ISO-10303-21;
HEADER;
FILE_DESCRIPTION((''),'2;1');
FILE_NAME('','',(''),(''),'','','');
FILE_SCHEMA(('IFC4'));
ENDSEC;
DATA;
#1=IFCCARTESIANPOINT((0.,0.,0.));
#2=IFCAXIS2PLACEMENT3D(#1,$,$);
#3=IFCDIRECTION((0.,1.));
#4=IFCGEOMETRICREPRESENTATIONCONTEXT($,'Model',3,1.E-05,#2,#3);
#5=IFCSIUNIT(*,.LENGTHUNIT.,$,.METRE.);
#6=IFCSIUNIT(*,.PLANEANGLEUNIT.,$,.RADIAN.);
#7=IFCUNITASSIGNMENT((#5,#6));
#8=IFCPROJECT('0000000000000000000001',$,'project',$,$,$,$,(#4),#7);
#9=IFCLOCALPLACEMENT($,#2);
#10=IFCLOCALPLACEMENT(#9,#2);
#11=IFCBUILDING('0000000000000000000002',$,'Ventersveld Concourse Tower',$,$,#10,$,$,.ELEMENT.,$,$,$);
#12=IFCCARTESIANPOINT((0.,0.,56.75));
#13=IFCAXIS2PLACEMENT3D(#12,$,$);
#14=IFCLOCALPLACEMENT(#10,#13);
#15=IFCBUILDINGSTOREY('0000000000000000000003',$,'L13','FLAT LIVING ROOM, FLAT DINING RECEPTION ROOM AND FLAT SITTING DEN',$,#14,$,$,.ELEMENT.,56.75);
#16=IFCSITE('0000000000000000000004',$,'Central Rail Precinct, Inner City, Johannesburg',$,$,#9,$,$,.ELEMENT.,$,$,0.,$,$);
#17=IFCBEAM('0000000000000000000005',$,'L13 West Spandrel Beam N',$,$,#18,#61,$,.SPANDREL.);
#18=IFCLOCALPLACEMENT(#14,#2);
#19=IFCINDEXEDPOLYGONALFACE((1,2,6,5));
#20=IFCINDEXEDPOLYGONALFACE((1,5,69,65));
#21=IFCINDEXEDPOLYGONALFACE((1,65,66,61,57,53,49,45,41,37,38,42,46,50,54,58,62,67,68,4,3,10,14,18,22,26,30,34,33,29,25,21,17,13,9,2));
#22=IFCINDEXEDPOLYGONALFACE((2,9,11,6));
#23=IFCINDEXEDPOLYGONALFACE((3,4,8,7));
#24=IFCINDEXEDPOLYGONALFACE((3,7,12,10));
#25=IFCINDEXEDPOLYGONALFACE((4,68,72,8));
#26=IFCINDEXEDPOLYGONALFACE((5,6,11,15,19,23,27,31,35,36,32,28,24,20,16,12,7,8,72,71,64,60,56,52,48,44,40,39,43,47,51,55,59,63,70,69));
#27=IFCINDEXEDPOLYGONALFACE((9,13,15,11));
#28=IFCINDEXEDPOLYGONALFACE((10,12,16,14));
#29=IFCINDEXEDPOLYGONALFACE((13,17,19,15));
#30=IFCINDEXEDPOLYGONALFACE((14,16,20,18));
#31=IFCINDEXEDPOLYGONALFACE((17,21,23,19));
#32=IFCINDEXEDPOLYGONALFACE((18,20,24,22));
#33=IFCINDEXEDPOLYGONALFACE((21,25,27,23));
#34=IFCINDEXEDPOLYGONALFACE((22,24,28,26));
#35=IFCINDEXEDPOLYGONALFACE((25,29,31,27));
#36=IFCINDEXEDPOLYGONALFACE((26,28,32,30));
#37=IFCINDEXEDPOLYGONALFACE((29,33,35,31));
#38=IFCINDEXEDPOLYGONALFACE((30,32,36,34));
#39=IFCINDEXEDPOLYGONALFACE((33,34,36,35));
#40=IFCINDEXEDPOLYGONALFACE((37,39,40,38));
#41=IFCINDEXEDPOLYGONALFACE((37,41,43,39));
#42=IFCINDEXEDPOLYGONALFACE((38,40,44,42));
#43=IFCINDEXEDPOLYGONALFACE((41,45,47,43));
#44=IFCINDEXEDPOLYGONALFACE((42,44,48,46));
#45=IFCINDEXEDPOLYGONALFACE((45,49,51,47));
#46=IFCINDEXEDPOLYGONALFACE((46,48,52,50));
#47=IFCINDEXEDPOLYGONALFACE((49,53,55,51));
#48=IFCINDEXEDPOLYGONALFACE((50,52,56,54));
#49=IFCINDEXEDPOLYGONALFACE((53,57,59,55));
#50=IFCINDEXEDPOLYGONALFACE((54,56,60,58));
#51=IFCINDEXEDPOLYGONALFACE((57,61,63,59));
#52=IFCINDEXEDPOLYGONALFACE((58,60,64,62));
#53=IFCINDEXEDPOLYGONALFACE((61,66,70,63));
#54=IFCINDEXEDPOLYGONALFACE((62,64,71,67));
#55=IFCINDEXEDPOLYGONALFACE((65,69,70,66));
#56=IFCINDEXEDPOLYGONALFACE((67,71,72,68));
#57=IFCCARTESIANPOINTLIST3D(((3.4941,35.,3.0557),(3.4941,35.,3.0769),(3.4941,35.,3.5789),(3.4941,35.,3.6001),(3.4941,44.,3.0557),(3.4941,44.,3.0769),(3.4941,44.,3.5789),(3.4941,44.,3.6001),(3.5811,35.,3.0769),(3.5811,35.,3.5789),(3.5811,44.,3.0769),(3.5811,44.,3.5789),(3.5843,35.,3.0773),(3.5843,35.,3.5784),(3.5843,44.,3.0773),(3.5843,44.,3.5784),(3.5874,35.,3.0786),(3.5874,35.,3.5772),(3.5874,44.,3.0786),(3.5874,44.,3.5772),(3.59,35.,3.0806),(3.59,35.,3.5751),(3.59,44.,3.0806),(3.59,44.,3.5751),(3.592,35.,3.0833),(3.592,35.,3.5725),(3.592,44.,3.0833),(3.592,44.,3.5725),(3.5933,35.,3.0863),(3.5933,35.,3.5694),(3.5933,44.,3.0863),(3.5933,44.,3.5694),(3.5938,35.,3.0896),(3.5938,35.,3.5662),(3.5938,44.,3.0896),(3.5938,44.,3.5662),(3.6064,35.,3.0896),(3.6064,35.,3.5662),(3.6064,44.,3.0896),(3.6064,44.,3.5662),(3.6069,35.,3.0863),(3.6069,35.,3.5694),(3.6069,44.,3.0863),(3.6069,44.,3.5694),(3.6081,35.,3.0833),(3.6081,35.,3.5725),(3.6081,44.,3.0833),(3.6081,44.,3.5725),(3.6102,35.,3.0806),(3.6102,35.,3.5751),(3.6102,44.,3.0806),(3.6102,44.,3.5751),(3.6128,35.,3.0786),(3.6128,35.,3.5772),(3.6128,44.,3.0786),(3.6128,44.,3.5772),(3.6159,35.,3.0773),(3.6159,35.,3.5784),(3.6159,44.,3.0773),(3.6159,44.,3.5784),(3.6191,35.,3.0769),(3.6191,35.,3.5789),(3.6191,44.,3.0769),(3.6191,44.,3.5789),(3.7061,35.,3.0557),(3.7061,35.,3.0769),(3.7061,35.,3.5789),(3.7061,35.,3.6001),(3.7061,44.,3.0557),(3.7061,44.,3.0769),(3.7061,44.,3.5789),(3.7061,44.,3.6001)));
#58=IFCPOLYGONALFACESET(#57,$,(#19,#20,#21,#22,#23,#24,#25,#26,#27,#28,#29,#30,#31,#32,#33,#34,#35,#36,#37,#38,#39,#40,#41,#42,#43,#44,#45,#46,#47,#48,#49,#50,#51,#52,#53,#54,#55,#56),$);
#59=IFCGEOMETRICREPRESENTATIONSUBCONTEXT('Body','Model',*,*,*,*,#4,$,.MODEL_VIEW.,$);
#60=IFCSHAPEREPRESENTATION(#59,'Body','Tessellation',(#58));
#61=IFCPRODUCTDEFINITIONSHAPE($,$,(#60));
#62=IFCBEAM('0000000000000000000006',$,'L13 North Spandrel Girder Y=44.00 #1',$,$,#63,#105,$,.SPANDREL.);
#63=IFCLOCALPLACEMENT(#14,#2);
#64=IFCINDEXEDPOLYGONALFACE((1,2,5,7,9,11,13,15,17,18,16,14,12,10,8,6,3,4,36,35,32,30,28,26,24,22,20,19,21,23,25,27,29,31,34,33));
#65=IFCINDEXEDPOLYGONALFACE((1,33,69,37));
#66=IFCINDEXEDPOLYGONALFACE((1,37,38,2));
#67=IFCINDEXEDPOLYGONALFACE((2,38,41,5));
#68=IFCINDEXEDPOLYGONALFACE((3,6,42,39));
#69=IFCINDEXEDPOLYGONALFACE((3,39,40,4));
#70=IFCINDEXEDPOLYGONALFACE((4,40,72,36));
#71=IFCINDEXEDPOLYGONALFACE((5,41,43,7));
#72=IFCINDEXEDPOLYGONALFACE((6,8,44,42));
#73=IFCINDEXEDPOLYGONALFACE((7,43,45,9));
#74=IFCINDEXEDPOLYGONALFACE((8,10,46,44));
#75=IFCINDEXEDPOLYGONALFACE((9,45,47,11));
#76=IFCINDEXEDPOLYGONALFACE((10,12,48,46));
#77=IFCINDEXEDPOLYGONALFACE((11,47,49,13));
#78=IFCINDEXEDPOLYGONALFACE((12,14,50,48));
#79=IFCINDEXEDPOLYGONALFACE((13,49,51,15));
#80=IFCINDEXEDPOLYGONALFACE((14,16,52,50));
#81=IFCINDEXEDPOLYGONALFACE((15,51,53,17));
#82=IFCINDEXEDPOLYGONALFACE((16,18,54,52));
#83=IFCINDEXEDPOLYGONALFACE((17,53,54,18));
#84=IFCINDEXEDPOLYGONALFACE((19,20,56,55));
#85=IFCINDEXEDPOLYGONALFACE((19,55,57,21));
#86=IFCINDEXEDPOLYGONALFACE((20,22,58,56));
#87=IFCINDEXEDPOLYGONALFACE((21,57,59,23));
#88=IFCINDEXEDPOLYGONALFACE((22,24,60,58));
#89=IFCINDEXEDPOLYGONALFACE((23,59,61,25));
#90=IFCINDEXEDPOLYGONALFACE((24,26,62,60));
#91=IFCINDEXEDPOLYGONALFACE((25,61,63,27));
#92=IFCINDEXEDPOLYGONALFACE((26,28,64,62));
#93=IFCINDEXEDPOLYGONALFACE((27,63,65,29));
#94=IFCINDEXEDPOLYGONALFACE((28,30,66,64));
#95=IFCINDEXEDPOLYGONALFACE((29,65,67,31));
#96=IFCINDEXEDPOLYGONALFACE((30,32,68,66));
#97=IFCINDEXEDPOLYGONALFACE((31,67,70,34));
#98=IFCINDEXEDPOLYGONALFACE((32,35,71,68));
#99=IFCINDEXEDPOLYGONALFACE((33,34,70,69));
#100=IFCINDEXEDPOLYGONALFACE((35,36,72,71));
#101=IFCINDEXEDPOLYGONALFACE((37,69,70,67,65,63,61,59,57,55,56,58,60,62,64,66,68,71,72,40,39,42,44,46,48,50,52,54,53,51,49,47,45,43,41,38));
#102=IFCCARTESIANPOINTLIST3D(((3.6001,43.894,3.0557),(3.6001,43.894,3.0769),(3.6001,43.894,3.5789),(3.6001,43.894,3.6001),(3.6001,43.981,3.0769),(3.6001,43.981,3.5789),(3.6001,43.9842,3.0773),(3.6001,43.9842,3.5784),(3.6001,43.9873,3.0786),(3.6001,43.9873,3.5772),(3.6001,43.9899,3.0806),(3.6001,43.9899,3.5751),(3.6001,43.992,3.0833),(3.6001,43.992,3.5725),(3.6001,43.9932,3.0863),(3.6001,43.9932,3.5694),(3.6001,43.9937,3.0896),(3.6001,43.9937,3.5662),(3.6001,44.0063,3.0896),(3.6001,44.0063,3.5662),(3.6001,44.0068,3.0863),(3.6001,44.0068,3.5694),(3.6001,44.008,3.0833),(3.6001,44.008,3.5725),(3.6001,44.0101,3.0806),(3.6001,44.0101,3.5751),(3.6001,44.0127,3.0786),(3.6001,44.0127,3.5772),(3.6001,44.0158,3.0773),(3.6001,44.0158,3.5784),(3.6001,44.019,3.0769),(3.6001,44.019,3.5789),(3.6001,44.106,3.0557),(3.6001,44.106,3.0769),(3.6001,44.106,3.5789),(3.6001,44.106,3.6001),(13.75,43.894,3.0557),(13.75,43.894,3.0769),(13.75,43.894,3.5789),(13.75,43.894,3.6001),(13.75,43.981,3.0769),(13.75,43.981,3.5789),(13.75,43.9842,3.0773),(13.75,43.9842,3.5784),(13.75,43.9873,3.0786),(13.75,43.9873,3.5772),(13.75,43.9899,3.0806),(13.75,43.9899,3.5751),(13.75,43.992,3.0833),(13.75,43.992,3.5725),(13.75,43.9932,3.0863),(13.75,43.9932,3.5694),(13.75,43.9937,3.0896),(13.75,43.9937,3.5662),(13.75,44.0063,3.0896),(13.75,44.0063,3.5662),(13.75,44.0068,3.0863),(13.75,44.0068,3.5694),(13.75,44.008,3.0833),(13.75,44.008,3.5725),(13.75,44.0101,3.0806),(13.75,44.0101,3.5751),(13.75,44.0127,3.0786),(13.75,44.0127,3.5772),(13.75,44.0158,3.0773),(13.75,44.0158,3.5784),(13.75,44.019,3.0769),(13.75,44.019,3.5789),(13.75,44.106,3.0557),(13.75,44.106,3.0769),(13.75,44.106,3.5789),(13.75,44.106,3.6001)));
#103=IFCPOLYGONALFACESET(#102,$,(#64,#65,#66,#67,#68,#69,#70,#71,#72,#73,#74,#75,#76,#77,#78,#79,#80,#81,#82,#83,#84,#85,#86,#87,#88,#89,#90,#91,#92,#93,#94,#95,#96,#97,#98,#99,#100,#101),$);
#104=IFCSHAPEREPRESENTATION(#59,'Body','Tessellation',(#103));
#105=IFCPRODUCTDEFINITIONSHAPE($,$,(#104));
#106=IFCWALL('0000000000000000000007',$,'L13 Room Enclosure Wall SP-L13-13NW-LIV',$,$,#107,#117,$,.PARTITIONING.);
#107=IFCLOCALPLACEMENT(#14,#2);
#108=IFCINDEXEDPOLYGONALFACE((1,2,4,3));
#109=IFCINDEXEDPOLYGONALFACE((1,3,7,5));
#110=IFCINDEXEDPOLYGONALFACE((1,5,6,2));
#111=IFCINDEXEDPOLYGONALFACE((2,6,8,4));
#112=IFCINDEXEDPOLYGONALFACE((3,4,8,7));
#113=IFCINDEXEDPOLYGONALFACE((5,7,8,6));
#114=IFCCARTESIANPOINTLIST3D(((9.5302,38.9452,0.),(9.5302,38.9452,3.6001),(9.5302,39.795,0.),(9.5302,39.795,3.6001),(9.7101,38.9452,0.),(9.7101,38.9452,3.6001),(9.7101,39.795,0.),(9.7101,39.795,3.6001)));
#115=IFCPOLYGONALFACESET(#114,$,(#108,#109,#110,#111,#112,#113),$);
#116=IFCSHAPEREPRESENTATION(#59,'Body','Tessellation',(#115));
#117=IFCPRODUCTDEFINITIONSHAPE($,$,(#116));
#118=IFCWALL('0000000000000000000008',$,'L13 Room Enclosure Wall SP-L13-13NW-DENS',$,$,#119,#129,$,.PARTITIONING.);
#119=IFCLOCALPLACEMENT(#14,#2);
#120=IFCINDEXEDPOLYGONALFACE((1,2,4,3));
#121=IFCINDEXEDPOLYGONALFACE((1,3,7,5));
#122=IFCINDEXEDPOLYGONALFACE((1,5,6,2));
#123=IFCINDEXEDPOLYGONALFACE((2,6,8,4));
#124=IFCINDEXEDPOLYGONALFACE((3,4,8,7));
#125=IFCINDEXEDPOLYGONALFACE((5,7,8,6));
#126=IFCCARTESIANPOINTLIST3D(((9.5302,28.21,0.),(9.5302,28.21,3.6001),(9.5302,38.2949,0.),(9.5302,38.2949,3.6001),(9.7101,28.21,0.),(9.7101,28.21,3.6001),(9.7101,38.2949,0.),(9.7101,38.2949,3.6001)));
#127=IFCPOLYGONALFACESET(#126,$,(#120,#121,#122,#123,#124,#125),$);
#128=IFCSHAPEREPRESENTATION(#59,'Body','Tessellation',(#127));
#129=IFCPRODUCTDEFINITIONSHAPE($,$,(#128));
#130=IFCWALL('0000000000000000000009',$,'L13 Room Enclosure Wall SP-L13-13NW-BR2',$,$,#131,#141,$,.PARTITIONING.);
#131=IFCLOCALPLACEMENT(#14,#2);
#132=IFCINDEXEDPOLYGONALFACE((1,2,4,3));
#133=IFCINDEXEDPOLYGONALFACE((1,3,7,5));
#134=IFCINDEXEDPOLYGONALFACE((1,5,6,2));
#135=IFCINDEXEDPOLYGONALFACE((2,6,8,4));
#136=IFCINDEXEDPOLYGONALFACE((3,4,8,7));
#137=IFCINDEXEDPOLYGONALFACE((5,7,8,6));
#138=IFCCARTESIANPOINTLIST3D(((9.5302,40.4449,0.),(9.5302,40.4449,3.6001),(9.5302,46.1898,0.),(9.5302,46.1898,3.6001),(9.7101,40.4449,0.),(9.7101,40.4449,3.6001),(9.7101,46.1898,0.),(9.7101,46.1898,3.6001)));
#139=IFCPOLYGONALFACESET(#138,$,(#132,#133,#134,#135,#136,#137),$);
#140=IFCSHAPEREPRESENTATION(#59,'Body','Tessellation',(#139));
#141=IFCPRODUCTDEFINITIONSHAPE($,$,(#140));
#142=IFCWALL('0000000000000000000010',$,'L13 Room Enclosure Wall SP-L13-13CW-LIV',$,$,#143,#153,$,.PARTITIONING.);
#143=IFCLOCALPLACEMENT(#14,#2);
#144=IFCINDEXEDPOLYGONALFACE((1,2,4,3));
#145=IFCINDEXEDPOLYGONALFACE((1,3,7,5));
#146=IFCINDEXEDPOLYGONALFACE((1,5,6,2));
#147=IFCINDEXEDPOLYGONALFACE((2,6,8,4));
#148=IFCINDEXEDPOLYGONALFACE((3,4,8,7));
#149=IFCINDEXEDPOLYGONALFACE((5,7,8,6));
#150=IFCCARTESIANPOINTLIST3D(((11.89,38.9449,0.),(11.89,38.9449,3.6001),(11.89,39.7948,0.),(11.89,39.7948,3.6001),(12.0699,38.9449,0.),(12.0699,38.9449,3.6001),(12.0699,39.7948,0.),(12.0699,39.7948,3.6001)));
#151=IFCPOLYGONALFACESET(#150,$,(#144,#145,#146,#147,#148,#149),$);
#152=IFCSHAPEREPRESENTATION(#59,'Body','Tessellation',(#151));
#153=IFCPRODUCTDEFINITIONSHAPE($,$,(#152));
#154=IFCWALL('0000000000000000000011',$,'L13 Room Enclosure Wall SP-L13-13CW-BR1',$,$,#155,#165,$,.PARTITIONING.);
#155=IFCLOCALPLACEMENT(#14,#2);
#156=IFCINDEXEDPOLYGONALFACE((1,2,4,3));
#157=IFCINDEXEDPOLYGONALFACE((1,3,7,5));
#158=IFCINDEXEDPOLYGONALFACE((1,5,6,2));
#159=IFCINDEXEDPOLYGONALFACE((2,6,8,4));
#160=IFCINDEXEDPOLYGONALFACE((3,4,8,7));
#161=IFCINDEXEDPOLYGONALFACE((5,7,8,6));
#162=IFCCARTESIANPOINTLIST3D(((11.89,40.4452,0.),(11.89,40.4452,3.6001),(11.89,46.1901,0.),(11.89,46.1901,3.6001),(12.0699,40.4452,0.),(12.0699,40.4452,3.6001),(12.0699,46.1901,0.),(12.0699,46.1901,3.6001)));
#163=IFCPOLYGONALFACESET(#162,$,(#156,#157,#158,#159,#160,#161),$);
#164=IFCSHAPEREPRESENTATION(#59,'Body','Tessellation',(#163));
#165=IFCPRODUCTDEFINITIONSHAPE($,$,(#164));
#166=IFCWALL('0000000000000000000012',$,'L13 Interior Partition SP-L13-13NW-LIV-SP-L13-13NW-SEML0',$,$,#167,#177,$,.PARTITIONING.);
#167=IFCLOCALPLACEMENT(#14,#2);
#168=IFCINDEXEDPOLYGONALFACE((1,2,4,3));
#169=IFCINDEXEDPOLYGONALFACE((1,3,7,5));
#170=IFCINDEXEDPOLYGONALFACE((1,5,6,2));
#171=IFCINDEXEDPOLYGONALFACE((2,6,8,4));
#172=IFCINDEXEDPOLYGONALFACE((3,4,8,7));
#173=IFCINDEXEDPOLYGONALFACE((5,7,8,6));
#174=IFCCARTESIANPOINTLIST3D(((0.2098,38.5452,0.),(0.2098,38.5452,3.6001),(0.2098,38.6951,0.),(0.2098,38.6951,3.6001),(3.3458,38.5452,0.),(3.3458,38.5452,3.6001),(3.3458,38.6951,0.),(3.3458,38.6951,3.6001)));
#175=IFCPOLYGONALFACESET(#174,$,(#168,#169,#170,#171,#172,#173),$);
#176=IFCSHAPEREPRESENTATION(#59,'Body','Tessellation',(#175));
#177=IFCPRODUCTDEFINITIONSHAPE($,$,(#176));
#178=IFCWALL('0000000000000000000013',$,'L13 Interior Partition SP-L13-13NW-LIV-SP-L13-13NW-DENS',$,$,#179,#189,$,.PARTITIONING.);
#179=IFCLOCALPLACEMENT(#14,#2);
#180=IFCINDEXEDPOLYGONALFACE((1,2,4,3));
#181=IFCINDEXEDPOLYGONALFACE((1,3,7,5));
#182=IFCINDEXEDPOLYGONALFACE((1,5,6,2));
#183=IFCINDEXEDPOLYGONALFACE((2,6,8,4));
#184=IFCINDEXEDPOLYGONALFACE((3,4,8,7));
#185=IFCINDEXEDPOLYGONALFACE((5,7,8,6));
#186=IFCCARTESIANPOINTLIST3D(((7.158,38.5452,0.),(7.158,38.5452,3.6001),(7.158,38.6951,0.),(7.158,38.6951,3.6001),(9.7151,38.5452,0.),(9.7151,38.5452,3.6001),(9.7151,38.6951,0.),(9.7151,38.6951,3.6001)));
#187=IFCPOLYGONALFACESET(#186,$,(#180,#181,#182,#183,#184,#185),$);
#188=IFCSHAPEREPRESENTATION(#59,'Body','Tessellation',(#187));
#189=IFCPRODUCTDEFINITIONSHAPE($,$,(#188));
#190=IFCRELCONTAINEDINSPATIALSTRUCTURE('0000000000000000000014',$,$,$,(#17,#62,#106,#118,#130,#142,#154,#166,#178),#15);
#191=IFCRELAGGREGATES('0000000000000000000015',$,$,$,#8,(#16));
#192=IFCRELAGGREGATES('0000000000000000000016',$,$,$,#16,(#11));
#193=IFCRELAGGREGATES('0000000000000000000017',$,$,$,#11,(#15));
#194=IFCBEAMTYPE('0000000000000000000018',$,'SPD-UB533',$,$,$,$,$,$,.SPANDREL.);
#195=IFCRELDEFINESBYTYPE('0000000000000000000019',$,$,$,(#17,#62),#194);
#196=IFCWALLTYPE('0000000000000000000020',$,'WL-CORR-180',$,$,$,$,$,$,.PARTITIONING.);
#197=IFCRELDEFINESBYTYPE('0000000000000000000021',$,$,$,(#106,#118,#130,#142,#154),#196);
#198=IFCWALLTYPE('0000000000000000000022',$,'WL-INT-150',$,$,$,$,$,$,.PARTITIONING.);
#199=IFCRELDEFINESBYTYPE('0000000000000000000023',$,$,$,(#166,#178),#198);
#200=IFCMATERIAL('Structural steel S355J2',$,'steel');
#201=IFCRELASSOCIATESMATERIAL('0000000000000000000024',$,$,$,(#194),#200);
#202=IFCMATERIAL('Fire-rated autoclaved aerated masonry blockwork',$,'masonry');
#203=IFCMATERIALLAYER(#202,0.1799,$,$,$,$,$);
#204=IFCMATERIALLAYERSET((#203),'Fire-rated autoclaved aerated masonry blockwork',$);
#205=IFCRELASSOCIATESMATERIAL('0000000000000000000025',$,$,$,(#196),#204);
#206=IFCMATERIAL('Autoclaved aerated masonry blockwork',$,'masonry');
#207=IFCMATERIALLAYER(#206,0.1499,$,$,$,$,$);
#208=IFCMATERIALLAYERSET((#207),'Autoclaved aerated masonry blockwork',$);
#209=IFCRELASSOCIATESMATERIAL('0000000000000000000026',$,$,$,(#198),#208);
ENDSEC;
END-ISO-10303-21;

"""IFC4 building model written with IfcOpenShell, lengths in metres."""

from ifc_helpers import new_model, si_unit, direction, frame, frame_2d, origin, origin_2d, place, context, subcontext, project, spatial, rectangle, i_section, extrude, material, layer, layer_set, material_profile, profile_set, type_object, element, save


model = new_model("IFC4")

# Units and contexts
model_context = context("Model", 3, precision=1e-05, world=origin(), true_north=direction((0.0, 1.0)))
body_context = subcontext(model_context, "Body", "Model", "MODEL_VIEW")
ifc_project = project(units=[si_unit("LENGTHUNIT", "METRE"), si_unit("PLANEANGLEUNIT", "RADIAN")], contexts=[model_context])

# Site, building, storey
site_placement = place(None, origin())
site = spatial("IfcSite", under=ifc_project, at=site_placement, Name="Central Rail Precinct, Inner City, Johannesburg", CompositionType="ELEMENT", RefElevation=0.0)
building_placement = place(site_placement, origin())
building = spatial("IfcBuilding", under=site, at=building_placement, Name="Ventersveld Concourse Tower", CompositionType="ELEMENT")
storey_placement = place(building_placement, frame((0.0, 0.0, 56.75)))
storey = spatial("IfcBuildingStorey", under=building, at=storey_placement, Name="L13", Description="FLAT LIVING ROOM, FLAT DINING RECEPTION ROOM AND FLAT SITTING DEN", CompositionType="ELEMENT", Elevation=56.75)

# Beams
ifc_material_1 = material(Name="Structural steel S355J2", Category="steel")
ifc_material_profile_1 = material_profile(ifc_material_1, i_section(OverallWidth=0.2119, OverallDepth=0.5444, WebThickness=0.0127, FlangeThickness=0.0212, FilletRadius=0.0127, at=origin_2d()), Name="UB 533x210x122")
ifc_profile_set_1 = profile_set([ifc_material_profile_1], Name="Structural steel S355J2")
beam_type_1 = type_object("IfcBeamType", Name="SPD-UB533", PredefinedType="SPANDREL", material=ifc_profile_set_1)
beam_1_placement = place(storey_placement, frame((3.6001, 35.0, 3.3279), z_axis=(0.0, 1.0, 0.0), x_axis=(-1.0, 0.0, 0.0)))
element("IfcBeam", 1, at=beam_1_placement, inside=storey, type_object=beam_type_1, Name="L13 West Spandrel Beam N", PredefinedType="SPANDREL", context=body_context, shape_type="SweptSolid", body=[
    extrude(i_section(OverallWidth=0.2119, OverallDepth=0.5444, WebThickness=0.0127, FlangeThickness=0.0212, FilletRadius=0.0127, at=origin_2d()), origin(), (0.0, 0.0, 1.0), 9.0),
])
beam_2_placement = place(storey_placement, frame((3.6001, 44.0, 3.3279), z_axis=(1.0, 0.0, 0.0), x_axis=(0.0, 1.0, 0.0)))
element("IfcBeam", 2, at=beam_2_placement, inside=storey, type_object=beam_type_1, Name="L13 North Spandrel Girder Y=44.00 #1", PredefinedType="SPANDREL", context=body_context, shape_type="SweptSolid", body=[
    extrude(i_section(OverallWidth=0.2119, OverallDepth=0.5444, WebThickness=0.0127, FlangeThickness=0.0212, FilletRadius=0.0127, at=origin_2d()), origin(), (0.0, 0.0, 1.0), 10.1499),
])

# Walls
ifc_material_2 = material(Name="Fire-rated autoclaved aerated masonry blockwork", Category="masonry")
ifc_layer_1 = layer(ifc_material_2, 0.1799)
ifc_layer_set_1 = layer_set([ifc_layer_1], Name="Fire-rated autoclaved aerated masonry blockwork")
wall_type_1 = type_object("IfcWallType", Name="WL-CORR-180", PredefinedType="PARTITIONING", material=ifc_layer_set_1)
wall_1_placement = place(storey_placement, frame((9.6201, 39.7949, 0.0), z_axis=(0.0, 0.0, 1.0), x_axis=(0.0, -1.0, 0.0)))
element("IfcWall", 3, at=wall_1_placement, inside=storey, type_object=wall_type_1, Name="L13 Room Enclosure Wall SP-L13-13NW-LIV", PredefinedType="PARTITIONING", context=body_context, shape_type="SweptSolid", body=[
    extrude(rectangle(XDim=0.8499, YDim=0.1799, at=frame_2d((0.4248, 0.0))), origin(), (0.0, 0.0, 1.0), 3.6001),
])
wall_2_placement = place(storey_placement, frame((9.6201, 38.2949, 0.0), z_axis=(0.0, 0.0, 1.0), x_axis=(0.0, -1.0, 0.0)))
element("IfcWall", 4, at=wall_2_placement, inside=storey, type_object=wall_type_1, Name="L13 Room Enclosure Wall SP-L13-13NW-DENS", PredefinedType="PARTITIONING", context=body_context, shape_type="SweptSolid", body=[
    extrude(rectangle(XDim=10.085, YDim=0.1799, at=frame_2d((5.0425, 0.0))), origin(), (0.0, 0.0, 1.0), 3.6001),
])
wall_3_placement = place(storey_placement, frame((9.6201, 46.1899, 0.0), z_axis=(0.0, 0.0, 1.0), x_axis=(0.0, -1.0, 0.0)))
element("IfcWall", 5, at=wall_3_placement, inside=storey, type_object=wall_type_1, Name="L13 Room Enclosure Wall SP-L13-13NW-BR2", PredefinedType="PARTITIONING", context=body_context, shape_type="SweptSolid", body=[
    extrude(rectangle(XDim=5.7449, YDim=0.1799, at=frame_2d((2.8726, 0.0))), origin(), (0.0, 0.0, 1.0), 3.6001),
])
wall_4_placement = place(storey_placement, frame((11.98, 38.9451, 0.0), z_axis=(0.0, 0.0, 1.0), x_axis=(0.0, 1.0, 0.0)))
element("IfcWall", 6, at=wall_4_placement, inside=storey, type_object=wall_type_1, Name="L13 Room Enclosure Wall SP-L13-13CW-LIV", PredefinedType="PARTITIONING", context=body_context, shape_type="SweptSolid", body=[
    extrude(rectangle(XDim=0.8499, YDim=0.1799, at=frame_2d((0.4248, 0.0))), origin(), (0.0, 0.0, 1.0), 3.6001),
])
wall_5_placement = place(storey_placement, frame((11.98, 40.4451, 0.0), z_axis=(0.0, 0.0, 1.0), x_axis=(0.0, 1.0, 0.0)))
element("IfcWall", 7, at=wall_5_placement, inside=storey, type_object=wall_type_1, Name="L13 Room Enclosure Wall SP-L13-13CW-BR1", PredefinedType="PARTITIONING", context=body_context, shape_type="SweptSolid", body=[
    extrude(rectangle(XDim=5.7449, YDim=0.1799, at=frame_2d((2.8726, 0.0))), origin(), (0.0, 0.0, 1.0), 3.6001),
])
ifc_material_3 = material(Name="Autoclaved aerated masonry blockwork", Category="masonry")
ifc_layer_2 = layer(ifc_material_3, 0.1499)
ifc_layer_set_2 = layer_set([ifc_layer_2], Name="Autoclaved aerated masonry blockwork")
wall_type_2 = type_object("IfcWallType", Name="WL-INT-150", PredefinedType="PARTITIONING", material=ifc_layer_set_2)
wall_6_placement = place(storey_placement, frame((0.21, 38.6201, 0.0), z_axis=(0.0, 0.0, 1.0), x_axis=(1.0, 0.0, 0.0)))
element("IfcWall", 8, at=wall_6_placement, inside=storey, type_object=wall_type_2, Name="L13 Interior Partition SP-L13-13NW-LIV-SP-L13-13NW-SEML0", PredefinedType="PARTITIONING", context=body_context, shape_type="SweptSolid", body=[
    extrude(rectangle(XDim=3.136, YDim=0.1499, at=frame_2d((1.5679, 0.0))), origin(), (0.0, 0.0, 1.0), 3.6001),
])
wall_7_placement = place(storey_placement, frame((7.158, 38.6201, 0.0), z_axis=(0.0, 0.0, 1.0), x_axis=(1.0, 0.0, 0.0)))
element("IfcWall", 9, at=wall_7_placement, inside=storey, type_object=wall_type_2, Name="L13 Interior Partition SP-L13-13NW-LIV-SP-L13-13NW-DENS", PredefinedType="PARTITIONING", context=body_context, shape_type="SweptSolid", body=[
    extrude(rectangle(XDim=2.5571, YDim=0.1499, at=frame_2d((1.2786, 0.0))), origin(), (0.0, 0.0, 1.0), 3.6001),
])

save(model, "model.ifc")
